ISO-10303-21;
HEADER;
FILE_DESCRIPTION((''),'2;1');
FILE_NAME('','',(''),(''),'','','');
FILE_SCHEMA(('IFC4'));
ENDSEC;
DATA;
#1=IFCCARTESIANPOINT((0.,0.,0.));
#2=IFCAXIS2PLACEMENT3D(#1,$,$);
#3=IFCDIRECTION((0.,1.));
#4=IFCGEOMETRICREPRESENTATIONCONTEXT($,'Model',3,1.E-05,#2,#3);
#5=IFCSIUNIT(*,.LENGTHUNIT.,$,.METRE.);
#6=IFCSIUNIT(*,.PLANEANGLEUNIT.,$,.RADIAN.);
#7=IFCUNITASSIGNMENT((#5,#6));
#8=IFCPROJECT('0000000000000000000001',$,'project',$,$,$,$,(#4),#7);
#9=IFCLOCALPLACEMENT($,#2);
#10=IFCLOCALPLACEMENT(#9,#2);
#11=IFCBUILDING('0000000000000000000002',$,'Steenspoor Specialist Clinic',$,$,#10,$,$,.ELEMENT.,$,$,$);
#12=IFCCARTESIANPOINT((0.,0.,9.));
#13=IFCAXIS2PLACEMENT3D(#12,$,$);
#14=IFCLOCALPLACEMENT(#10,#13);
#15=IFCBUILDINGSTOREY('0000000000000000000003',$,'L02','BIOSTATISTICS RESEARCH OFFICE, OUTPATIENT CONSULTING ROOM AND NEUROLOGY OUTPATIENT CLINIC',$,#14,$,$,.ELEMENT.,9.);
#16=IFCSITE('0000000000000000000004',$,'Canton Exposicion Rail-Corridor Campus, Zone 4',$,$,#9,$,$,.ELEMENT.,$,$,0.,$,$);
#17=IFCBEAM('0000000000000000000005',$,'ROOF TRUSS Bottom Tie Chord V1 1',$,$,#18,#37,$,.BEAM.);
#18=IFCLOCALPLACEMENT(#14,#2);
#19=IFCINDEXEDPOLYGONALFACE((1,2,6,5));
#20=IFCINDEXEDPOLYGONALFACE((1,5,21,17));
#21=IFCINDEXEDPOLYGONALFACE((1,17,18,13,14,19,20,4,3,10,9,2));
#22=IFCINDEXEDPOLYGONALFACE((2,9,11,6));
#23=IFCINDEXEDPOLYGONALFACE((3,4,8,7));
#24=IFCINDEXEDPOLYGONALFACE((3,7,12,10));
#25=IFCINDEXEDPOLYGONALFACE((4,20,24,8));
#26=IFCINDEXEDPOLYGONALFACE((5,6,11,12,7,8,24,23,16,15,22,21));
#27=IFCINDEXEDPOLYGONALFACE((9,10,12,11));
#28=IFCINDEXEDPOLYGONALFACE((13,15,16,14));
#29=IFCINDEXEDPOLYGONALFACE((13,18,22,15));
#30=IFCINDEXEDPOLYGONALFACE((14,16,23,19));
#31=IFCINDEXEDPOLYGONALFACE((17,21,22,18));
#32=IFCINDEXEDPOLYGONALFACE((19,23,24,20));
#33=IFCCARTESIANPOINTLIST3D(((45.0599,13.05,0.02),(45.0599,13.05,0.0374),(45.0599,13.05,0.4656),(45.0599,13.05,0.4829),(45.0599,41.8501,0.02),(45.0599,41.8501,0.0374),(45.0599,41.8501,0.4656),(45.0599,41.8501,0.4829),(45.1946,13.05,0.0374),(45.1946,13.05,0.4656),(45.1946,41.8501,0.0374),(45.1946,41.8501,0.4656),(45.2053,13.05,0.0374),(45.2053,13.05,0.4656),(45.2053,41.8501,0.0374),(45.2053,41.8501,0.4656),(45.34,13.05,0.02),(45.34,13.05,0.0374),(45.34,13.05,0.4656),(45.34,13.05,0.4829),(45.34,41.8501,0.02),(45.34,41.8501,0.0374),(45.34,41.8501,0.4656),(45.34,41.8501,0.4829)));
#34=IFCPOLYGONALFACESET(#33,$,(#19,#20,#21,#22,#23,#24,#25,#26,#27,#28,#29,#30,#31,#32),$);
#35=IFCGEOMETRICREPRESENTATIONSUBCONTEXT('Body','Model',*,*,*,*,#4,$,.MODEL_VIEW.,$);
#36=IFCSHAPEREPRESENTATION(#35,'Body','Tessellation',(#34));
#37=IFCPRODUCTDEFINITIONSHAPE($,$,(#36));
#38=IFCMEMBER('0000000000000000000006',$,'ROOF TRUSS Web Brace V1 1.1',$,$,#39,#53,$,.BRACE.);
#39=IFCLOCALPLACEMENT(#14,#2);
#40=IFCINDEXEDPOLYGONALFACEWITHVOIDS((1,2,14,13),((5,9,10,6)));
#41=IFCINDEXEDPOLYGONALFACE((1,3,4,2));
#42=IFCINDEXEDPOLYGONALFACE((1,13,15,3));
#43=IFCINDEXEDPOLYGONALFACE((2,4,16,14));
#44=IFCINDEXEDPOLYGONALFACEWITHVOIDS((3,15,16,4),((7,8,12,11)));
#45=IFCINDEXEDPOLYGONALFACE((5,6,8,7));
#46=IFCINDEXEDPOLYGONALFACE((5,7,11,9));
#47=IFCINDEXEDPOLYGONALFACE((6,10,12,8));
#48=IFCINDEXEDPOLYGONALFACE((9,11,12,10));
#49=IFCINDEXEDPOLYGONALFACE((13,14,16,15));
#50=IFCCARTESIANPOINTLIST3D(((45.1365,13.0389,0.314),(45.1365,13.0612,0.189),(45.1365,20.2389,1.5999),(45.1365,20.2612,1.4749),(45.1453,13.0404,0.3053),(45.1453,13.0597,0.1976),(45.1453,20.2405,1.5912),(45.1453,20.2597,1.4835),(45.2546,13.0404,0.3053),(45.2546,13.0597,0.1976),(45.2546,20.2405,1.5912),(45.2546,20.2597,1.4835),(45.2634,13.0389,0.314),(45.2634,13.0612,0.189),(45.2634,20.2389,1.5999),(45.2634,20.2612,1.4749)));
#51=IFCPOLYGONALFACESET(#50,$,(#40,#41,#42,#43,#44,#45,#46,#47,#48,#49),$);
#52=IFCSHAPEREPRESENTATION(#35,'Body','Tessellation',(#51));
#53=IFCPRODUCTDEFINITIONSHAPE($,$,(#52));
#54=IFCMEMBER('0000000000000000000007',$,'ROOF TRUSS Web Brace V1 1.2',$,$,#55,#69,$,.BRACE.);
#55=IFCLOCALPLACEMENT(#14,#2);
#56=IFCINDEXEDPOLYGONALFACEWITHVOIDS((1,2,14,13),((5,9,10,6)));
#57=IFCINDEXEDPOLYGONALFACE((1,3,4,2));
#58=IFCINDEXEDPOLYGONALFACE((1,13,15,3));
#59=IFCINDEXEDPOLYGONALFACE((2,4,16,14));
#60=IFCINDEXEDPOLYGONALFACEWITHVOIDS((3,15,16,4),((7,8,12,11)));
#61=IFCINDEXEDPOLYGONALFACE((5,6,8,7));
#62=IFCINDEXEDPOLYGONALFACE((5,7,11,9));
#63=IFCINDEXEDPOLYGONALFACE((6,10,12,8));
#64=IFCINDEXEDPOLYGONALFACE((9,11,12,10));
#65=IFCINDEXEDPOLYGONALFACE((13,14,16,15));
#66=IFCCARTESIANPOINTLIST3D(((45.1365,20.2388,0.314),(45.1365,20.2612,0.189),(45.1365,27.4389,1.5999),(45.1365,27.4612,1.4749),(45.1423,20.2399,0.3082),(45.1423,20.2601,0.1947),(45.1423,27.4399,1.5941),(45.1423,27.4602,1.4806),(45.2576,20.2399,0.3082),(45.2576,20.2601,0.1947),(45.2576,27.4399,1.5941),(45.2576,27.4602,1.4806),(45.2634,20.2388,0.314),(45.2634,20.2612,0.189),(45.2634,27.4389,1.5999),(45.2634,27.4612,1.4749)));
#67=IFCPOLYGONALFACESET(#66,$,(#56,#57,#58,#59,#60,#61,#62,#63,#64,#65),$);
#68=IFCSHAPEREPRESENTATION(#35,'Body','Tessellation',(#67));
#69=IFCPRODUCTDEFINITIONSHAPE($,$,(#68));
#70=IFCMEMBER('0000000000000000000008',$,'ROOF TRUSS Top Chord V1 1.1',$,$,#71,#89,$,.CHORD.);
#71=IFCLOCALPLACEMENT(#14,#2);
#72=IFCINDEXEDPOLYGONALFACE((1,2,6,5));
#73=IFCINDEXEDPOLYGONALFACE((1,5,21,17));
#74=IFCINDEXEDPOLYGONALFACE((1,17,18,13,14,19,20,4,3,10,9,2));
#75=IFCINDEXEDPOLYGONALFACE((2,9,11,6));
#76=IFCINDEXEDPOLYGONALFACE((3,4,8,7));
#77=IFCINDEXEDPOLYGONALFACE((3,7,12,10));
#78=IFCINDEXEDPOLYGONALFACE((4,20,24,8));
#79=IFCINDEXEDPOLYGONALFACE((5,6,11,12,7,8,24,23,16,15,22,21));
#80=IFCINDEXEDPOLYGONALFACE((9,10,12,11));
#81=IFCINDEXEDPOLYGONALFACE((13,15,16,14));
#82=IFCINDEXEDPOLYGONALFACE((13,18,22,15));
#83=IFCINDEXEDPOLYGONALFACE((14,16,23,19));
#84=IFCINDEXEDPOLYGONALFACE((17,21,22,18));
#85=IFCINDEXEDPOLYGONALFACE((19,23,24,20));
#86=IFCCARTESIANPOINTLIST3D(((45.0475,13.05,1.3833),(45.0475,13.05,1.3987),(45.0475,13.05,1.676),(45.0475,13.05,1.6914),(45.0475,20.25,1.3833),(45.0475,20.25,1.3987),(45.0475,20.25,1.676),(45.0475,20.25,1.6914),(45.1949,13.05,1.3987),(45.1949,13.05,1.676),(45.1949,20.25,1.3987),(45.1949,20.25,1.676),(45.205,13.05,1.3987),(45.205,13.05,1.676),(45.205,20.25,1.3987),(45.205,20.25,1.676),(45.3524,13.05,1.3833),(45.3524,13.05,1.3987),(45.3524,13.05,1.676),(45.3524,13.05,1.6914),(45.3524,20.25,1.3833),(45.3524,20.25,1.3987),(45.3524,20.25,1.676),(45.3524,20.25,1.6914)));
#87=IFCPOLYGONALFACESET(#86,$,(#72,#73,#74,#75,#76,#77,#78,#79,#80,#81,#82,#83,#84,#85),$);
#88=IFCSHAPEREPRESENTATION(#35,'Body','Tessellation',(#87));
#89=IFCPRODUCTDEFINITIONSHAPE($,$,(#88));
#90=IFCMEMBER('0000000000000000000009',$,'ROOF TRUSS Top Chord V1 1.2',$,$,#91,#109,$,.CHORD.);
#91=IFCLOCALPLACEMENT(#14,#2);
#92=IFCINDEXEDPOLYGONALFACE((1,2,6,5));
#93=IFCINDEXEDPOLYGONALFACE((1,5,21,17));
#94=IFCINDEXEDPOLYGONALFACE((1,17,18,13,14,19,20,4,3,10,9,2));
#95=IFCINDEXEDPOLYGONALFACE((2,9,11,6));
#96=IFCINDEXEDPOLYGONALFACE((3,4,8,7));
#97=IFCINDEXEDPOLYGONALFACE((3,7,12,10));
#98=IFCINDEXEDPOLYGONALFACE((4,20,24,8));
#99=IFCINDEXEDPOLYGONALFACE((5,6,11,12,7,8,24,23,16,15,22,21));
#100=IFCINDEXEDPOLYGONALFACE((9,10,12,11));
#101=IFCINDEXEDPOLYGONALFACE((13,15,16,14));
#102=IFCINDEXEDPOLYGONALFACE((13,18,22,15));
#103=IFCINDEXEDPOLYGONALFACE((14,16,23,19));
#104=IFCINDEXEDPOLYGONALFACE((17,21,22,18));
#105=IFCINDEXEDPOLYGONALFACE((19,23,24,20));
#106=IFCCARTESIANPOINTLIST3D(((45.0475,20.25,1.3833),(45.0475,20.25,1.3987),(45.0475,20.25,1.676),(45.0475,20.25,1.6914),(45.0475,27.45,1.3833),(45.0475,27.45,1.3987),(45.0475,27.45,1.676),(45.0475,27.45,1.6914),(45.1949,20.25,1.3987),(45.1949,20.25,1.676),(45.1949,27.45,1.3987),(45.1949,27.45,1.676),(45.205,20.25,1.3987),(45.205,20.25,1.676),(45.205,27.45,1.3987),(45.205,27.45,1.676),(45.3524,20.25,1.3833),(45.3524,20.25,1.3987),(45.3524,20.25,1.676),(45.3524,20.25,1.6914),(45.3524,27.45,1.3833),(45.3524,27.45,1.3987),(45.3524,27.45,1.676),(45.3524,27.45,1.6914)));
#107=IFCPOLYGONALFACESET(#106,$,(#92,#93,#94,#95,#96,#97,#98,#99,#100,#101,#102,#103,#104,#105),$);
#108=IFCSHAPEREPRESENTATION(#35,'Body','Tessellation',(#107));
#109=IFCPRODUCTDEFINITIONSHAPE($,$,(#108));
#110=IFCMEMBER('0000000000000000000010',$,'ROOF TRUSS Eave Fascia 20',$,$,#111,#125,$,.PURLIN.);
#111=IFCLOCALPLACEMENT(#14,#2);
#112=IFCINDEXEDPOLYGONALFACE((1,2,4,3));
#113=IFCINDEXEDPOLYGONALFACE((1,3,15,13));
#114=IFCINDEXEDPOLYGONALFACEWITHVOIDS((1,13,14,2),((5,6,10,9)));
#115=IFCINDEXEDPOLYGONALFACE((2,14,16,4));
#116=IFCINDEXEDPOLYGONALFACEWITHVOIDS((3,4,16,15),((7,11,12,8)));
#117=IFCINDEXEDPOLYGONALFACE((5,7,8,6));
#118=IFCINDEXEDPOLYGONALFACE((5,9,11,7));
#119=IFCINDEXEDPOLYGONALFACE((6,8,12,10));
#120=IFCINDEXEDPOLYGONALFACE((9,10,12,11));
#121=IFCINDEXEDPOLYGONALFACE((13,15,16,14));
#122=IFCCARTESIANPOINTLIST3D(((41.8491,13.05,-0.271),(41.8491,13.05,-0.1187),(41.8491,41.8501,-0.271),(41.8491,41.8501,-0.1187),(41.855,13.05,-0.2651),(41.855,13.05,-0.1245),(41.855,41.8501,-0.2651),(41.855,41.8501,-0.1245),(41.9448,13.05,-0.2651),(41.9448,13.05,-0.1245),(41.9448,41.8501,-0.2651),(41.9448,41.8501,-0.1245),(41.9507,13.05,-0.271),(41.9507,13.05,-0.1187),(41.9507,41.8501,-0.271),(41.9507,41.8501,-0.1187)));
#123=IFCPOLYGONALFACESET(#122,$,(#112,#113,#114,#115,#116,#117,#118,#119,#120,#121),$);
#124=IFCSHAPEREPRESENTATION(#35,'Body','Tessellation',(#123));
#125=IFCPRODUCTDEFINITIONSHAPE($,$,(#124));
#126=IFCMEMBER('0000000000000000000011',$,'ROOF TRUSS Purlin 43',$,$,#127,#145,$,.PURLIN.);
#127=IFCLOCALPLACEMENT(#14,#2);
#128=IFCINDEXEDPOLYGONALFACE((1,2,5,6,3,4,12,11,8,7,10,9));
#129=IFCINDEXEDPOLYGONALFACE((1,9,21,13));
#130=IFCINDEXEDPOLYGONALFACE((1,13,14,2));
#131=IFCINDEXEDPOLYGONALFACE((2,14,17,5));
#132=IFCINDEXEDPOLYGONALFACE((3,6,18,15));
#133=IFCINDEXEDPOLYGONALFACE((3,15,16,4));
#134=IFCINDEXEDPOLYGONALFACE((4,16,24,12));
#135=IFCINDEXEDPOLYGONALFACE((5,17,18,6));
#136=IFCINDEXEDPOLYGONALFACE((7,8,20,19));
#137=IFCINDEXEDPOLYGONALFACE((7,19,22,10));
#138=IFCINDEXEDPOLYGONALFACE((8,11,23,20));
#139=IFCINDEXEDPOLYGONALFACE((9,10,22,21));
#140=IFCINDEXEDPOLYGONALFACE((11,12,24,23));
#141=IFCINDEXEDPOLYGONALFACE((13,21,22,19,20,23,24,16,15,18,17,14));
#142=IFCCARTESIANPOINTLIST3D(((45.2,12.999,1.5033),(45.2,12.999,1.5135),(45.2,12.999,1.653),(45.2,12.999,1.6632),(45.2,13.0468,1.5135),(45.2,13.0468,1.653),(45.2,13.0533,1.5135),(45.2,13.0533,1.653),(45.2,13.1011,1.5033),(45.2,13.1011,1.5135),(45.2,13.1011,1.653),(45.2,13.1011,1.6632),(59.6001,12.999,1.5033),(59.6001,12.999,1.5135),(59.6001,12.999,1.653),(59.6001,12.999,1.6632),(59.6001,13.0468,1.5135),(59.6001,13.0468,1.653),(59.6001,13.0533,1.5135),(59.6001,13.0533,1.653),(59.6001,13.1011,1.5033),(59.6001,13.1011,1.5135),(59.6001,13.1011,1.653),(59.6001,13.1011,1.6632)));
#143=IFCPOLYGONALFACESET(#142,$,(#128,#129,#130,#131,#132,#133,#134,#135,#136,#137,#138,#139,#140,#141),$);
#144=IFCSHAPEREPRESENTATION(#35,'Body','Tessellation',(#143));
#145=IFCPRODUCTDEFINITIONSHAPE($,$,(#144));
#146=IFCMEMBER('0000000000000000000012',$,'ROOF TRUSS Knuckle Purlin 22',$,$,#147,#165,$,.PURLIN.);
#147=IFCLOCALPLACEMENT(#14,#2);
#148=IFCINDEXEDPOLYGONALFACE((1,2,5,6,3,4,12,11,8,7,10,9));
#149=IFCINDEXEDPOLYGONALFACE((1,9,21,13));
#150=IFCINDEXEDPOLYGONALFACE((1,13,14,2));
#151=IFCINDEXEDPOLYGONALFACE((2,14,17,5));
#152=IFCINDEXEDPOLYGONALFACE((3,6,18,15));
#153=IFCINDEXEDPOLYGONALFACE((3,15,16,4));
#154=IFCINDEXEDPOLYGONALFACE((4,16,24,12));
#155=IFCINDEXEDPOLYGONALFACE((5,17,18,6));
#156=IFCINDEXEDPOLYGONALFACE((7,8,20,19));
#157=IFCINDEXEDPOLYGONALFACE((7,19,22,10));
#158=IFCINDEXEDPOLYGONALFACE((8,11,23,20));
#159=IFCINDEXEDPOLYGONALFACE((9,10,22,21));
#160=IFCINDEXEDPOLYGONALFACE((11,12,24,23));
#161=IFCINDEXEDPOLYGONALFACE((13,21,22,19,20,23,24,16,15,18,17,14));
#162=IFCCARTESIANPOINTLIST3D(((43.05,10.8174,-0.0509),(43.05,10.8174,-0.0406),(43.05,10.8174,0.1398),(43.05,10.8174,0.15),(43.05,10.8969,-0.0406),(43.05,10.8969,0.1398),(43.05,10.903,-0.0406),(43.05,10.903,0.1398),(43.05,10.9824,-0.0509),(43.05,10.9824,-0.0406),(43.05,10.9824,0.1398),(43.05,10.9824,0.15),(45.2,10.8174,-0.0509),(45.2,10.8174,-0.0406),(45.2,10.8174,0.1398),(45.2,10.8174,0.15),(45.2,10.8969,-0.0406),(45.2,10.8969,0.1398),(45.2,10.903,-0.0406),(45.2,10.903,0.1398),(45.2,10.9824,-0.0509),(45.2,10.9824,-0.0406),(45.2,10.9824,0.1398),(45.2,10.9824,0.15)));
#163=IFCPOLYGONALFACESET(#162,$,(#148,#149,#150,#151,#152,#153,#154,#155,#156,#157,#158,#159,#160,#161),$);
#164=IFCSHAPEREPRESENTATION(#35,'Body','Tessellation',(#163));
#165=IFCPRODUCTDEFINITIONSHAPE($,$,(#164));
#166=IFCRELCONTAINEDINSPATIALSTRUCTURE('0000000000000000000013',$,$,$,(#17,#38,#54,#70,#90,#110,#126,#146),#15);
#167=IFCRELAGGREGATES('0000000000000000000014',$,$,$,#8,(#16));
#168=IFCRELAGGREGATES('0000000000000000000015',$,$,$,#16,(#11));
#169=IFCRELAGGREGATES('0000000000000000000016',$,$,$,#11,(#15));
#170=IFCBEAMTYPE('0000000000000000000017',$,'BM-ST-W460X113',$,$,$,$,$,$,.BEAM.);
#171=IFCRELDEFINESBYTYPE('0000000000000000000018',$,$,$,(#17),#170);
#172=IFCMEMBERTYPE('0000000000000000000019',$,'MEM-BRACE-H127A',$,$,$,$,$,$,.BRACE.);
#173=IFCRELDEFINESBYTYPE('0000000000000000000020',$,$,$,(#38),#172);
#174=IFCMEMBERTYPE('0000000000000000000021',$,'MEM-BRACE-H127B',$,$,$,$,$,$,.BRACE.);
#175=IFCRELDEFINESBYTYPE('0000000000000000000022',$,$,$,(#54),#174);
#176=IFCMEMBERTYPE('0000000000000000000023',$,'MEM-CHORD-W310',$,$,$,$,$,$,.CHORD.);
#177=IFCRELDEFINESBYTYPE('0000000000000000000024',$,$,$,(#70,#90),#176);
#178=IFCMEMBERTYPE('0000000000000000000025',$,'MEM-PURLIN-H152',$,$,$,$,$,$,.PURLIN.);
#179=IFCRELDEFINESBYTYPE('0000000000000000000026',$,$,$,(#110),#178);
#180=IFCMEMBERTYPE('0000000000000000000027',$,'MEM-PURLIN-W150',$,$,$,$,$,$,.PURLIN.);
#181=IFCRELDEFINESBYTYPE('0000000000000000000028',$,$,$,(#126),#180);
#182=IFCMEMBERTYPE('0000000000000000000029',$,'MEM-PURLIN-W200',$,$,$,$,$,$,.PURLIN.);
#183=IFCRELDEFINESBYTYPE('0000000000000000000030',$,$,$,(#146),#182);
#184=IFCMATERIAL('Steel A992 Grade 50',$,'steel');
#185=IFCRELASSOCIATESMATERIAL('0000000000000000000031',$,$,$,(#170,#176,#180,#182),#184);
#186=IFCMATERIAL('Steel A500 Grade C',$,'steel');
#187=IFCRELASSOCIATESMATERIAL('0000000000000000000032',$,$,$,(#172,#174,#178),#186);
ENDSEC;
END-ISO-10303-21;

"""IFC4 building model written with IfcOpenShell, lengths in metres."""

from ifc_helpers import new_model, si_unit, direction, frame, origin, origin_2d, place, context, subcontext, project, spatial, hollow_rectangle, i_section, extrude, material, material_profile, profile_set, type_object, element, save


model = new_model("IFC4")

# Units and contexts
model_context = context("Model", 3, precision=1e-05, world=origin(), true_north=direction((0.0, 1.0)))
body_context = subcontext(model_context, "Body", "Model", "MODEL_VIEW")
ifc_project = project(units=[si_unit("LENGTHUNIT", "METRE"), si_unit("PLANEANGLEUNIT", "RADIAN")], contexts=[model_context])

# Site, building, storey
site_placement = place(None, origin())
site = spatial("IfcSite", under=ifc_project, at=site_placement, Name="Canton Exposicion Rail-Corridor Campus, Zone 4", CompositionType="ELEMENT", RefElevation=0.0)
building_placement = place(site_placement, origin())
building = spatial("IfcBuilding", under=site, at=building_placement, Name="Steenspoor Specialist Clinic", CompositionType="ELEMENT")
storey_placement = place(building_placement, frame((0.0, 0.0, 9.0)))
storey = spatial("IfcBuildingStorey", under=building, at=storey_placement, Name="L02", Description="BIOSTATISTICS RESEARCH OFFICE, OUTPATIENT CONSULTING ROOM AND NEUROLOGY OUTPATIENT CLINIC", CompositionType="ELEMENT", Elevation=9.0)

# Beam
ifc_material_1 = material(Name="Steel A992 Grade 50", Category="steel")
ifc_material_profile_1 = material_profile(ifc_material_1, i_section(OverallWidth=0.28, OverallDepth=0.4629, WebThickness=0.0107, FlangeThickness=0.0173, at=origin_2d()), Name="W460X113")
ifc_profile_set_1 = profile_set([ifc_material_profile_1], Name="Steel A992 Grade 50")
beam_type = type_object("IfcBeamType", Name="BM-ST-W460X113", PredefinedType="BEAM", material=ifc_profile_set_1)
beam_placement = place(storey_placement, frame((45.2, 13.05, 0.2515), z_axis=(0.0, 1.0, 0.0), x_axis=(-1.0, 0.0, 0.0)))
element("IfcBeam", 1, at=beam_placement, inside=storey, type_object=beam_type, Name="ROOF TRUSS Bottom Tie Chord V1 1", PredefinedType="BEAM", context=body_context, shape_type="SweptSolid", body=[
    extrude(i_section(OverallWidth=0.28, OverallDepth=0.4629, WebThickness=0.0107, FlangeThickness=0.0173, at=origin_2d()), origin(), (0.0, 0.0, 1.0), 28.8),
])

# Members
ifc_material_2 = material(Name="Steel A500 Grade C", Category="steel")
ifc_material_profile_2 = material_profile(ifc_material_2, hollow_rectangle(XDim=0.127, YDim=0.127, WallThickness=0.0088, at=origin_2d()), Name="HSS127X127X9.5")
ifc_profile_set_2 = profile_set([ifc_material_profile_2], Name="Steel A500 Grade C")
member_type_1 = type_object("IfcMemberType", Name="MEM-BRACE-H127A", PredefinedType="BRACE", material=ifc_profile_set_2)
member_1_placement = place(storey_placement, frame((45.2, 13.05, 0.2515), z_axis=(0.0, 0.984423, 0.175815), x_axis=(-1.0, 0.0, 0.0)))
element("IfcMember", 2, at=member_1_placement, inside=storey, type_object=member_type_1, Name="ROOF TRUSS Web Brace V1 1.1", PredefinedType="BRACE", context=body_context, shape_type="SweptSolid", body=[
    extrude(hollow_rectangle(XDim=0.127, YDim=0.127, WallThickness=0.0088, at=origin_2d()), origin(), (0.0, 0.0, 1.0), 7.314),
])
ifc_material_profile_3 = material_profile(ifc_material_2, hollow_rectangle(XDim=0.127, YDim=0.127, WallThickness=0.0059, at=origin_2d()), Name="HSS127X127X6.4")
ifc_profile_set_3 = profile_set([ifc_material_profile_3], Name="Steel A500 Grade C")
member_type_2 = type_object("IfcMemberType", Name="MEM-BRACE-H127B", PredefinedType="BRACE", material=ifc_profile_set_3)
member_2_placement = place(storey_placement, frame((45.2, 20.25, 0.2515), z_axis=(0.0, 0.984423, 0.175815), x_axis=(-1.0, 0.0, 0.0)))
element("IfcMember", 3, at=member_2_placement, inside=storey, type_object=member_type_2, Name="ROOF TRUSS Web Brace V1 1.2", PredefinedType="BRACE", context=body_context, shape_type="SweptSolid", body=[
    extrude(hollow_rectangle(XDim=0.127, YDim=0.127, WallThickness=0.0059, at=origin_2d()), origin(), (0.0, 0.0, 1.0), 7.314),
])
ifc_material_profile_4 = material_profile(ifc_material_1, i_section(OverallWidth=0.3049, OverallDepth=0.3081, WebThickness=0.01, FlangeThickness=0.0154, at=origin_2d()), Name="W310X97")
ifc_profile_set_4 = profile_set([ifc_material_profile_4], Name="Steel A992 Grade 50")
member_type_3 = type_object("IfcMemberType", Name="MEM-CHORD-W310", PredefinedType="CHORD", material=ifc_profile_set_4)
for number, where, z_axis, x_axis, name in (
    (4, (45.2, 13.05, 1.5374), (0.0, 1.0, 0.0), (-1.0, 0.0, 0.0), "ROOF TRUSS Top Chord V1 1.1"),
    (5, (45.2, 20.25, 1.5374), (0.0, 1.0, 0.0), (-1.0, 0.0, 0.0), "ROOF TRUSS Top Chord V1 1.2"),
):
    element("IfcMember", number, at=place(storey_placement, frame(where, z_axis=z_axis, x_axis=x_axis)), inside=storey, type_object=member_type_3, Name=name, PredefinedType="CHORD", context=body_context, shape_type="SweptSolid", body=[
        extrude(i_section(OverallWidth=0.3049, OverallDepth=0.3081, WebThickness=0.01, FlangeThickness=0.0154, at=origin_2d()), origin(), (0.0, 0.0, 1.0), 7.2),
    ])
ifc_material_profile_5 = material_profile(ifc_material_2, hollow_rectangle(XDim=0.1016, YDim=0.1523, WallThickness=0.0059, at=origin_2d()), Name="HSS152X102X6.4")
ifc_profile_set_5 = profile_set([ifc_material_profile_5], Name="Steel A500 Grade C")
member_type_4 = type_object("IfcMemberType", Name="MEM-PURLIN-H152", PredefinedType="PURLIN", material=ifc_profile_set_5)
member_3_placement = place(storey_placement, frame((41.8999, 13.05, -0.1948), z_axis=(0.0, 1.0, 0.0), x_axis=(-1.0, 0.0, 0.0)))
element("IfcMember", 6, at=member_3_placement, inside=storey, type_object=member_type_4, Name="ROOF TRUSS Eave Fascia 20", PredefinedType="PURLIN", context=body_context, shape_type="SweptSolid", body=[
    extrude(hollow_rectangle(XDim=0.1016, YDim=0.1523, WallThickness=0.0059, at=origin_2d()), origin(), (0.0, 0.0, 1.0), 28.8),
])
ifc_material_profile_6 = material_profile(ifc_material_1, i_section(OverallWidth=0.1021, OverallDepth=0.1599, WebThickness=0.0066, FlangeThickness=0.0103, at=origin_2d()), Name="W150X24")
ifc_profile_set_6 = profile_set([ifc_material_profile_6], Name="Steel A992 Grade 50")
member_type_5 = type_object("IfcMemberType", Name="MEM-PURLIN-W150", PredefinedType="PURLIN", material=ifc_profile_set_6)
member_4_placement = place(storey_placement, frame((45.2, 13.05, 1.5833), z_axis=(1.0, 0.0, 0.0), x_axis=(0.0, 1.0, 0.0)))
element("IfcMember", 7, at=member_4_placement, inside=storey, type_object=member_type_5, Name="ROOF TRUSS Purlin 43", PredefinedType="PURLIN", context=body_context, shape_type="SweptSolid", body=[
    extrude(i_section(OverallWidth=0.1021, OverallDepth=0.1599, WebThickness=0.0066, FlangeThickness=0.0103, at=origin_2d()), origin(), (0.0, 0.0, 1.0), 14.4001),
])
ifc_material_profile_7 = material_profile(ifc_material_1, i_section(OverallWidth=0.165, OverallDepth=0.2009, WebThickness=0.0061, FlangeThickness=0.0103, at=origin_2d()), Name="W200X36")
ifc_profile_set_7 = profile_set([ifc_material_profile_7], Name="Steel A992 Grade 50")
member_type_6 = type_object("IfcMemberType", Name="MEM-PURLIN-W200", PredefinedType="PURLIN", material=ifc_profile_set_7)
member_5_placement = place(storey_placement, frame((43.05, 10.8999, 0.0496), z_axis=(1.0, 0.0, 0.0), x_axis=(0.0, 1.0, 0.0)))
element("IfcMember", 8, at=member_5_placement, inside=storey, type_object=member_type_6, Name="ROOF TRUSS Knuckle Purlin 22", PredefinedType="PURLIN", context=body_context, shape_type="SweptSolid", body=[
    extrude(i_section(OverallWidth=0.165, OverallDepth=0.2009, WebThickness=0.0061, FlangeThickness=0.0103, at=origin_2d()), origin(), (0.0, 0.0, 1.0), 2.1499),
])

save(model, "model.ifc")
